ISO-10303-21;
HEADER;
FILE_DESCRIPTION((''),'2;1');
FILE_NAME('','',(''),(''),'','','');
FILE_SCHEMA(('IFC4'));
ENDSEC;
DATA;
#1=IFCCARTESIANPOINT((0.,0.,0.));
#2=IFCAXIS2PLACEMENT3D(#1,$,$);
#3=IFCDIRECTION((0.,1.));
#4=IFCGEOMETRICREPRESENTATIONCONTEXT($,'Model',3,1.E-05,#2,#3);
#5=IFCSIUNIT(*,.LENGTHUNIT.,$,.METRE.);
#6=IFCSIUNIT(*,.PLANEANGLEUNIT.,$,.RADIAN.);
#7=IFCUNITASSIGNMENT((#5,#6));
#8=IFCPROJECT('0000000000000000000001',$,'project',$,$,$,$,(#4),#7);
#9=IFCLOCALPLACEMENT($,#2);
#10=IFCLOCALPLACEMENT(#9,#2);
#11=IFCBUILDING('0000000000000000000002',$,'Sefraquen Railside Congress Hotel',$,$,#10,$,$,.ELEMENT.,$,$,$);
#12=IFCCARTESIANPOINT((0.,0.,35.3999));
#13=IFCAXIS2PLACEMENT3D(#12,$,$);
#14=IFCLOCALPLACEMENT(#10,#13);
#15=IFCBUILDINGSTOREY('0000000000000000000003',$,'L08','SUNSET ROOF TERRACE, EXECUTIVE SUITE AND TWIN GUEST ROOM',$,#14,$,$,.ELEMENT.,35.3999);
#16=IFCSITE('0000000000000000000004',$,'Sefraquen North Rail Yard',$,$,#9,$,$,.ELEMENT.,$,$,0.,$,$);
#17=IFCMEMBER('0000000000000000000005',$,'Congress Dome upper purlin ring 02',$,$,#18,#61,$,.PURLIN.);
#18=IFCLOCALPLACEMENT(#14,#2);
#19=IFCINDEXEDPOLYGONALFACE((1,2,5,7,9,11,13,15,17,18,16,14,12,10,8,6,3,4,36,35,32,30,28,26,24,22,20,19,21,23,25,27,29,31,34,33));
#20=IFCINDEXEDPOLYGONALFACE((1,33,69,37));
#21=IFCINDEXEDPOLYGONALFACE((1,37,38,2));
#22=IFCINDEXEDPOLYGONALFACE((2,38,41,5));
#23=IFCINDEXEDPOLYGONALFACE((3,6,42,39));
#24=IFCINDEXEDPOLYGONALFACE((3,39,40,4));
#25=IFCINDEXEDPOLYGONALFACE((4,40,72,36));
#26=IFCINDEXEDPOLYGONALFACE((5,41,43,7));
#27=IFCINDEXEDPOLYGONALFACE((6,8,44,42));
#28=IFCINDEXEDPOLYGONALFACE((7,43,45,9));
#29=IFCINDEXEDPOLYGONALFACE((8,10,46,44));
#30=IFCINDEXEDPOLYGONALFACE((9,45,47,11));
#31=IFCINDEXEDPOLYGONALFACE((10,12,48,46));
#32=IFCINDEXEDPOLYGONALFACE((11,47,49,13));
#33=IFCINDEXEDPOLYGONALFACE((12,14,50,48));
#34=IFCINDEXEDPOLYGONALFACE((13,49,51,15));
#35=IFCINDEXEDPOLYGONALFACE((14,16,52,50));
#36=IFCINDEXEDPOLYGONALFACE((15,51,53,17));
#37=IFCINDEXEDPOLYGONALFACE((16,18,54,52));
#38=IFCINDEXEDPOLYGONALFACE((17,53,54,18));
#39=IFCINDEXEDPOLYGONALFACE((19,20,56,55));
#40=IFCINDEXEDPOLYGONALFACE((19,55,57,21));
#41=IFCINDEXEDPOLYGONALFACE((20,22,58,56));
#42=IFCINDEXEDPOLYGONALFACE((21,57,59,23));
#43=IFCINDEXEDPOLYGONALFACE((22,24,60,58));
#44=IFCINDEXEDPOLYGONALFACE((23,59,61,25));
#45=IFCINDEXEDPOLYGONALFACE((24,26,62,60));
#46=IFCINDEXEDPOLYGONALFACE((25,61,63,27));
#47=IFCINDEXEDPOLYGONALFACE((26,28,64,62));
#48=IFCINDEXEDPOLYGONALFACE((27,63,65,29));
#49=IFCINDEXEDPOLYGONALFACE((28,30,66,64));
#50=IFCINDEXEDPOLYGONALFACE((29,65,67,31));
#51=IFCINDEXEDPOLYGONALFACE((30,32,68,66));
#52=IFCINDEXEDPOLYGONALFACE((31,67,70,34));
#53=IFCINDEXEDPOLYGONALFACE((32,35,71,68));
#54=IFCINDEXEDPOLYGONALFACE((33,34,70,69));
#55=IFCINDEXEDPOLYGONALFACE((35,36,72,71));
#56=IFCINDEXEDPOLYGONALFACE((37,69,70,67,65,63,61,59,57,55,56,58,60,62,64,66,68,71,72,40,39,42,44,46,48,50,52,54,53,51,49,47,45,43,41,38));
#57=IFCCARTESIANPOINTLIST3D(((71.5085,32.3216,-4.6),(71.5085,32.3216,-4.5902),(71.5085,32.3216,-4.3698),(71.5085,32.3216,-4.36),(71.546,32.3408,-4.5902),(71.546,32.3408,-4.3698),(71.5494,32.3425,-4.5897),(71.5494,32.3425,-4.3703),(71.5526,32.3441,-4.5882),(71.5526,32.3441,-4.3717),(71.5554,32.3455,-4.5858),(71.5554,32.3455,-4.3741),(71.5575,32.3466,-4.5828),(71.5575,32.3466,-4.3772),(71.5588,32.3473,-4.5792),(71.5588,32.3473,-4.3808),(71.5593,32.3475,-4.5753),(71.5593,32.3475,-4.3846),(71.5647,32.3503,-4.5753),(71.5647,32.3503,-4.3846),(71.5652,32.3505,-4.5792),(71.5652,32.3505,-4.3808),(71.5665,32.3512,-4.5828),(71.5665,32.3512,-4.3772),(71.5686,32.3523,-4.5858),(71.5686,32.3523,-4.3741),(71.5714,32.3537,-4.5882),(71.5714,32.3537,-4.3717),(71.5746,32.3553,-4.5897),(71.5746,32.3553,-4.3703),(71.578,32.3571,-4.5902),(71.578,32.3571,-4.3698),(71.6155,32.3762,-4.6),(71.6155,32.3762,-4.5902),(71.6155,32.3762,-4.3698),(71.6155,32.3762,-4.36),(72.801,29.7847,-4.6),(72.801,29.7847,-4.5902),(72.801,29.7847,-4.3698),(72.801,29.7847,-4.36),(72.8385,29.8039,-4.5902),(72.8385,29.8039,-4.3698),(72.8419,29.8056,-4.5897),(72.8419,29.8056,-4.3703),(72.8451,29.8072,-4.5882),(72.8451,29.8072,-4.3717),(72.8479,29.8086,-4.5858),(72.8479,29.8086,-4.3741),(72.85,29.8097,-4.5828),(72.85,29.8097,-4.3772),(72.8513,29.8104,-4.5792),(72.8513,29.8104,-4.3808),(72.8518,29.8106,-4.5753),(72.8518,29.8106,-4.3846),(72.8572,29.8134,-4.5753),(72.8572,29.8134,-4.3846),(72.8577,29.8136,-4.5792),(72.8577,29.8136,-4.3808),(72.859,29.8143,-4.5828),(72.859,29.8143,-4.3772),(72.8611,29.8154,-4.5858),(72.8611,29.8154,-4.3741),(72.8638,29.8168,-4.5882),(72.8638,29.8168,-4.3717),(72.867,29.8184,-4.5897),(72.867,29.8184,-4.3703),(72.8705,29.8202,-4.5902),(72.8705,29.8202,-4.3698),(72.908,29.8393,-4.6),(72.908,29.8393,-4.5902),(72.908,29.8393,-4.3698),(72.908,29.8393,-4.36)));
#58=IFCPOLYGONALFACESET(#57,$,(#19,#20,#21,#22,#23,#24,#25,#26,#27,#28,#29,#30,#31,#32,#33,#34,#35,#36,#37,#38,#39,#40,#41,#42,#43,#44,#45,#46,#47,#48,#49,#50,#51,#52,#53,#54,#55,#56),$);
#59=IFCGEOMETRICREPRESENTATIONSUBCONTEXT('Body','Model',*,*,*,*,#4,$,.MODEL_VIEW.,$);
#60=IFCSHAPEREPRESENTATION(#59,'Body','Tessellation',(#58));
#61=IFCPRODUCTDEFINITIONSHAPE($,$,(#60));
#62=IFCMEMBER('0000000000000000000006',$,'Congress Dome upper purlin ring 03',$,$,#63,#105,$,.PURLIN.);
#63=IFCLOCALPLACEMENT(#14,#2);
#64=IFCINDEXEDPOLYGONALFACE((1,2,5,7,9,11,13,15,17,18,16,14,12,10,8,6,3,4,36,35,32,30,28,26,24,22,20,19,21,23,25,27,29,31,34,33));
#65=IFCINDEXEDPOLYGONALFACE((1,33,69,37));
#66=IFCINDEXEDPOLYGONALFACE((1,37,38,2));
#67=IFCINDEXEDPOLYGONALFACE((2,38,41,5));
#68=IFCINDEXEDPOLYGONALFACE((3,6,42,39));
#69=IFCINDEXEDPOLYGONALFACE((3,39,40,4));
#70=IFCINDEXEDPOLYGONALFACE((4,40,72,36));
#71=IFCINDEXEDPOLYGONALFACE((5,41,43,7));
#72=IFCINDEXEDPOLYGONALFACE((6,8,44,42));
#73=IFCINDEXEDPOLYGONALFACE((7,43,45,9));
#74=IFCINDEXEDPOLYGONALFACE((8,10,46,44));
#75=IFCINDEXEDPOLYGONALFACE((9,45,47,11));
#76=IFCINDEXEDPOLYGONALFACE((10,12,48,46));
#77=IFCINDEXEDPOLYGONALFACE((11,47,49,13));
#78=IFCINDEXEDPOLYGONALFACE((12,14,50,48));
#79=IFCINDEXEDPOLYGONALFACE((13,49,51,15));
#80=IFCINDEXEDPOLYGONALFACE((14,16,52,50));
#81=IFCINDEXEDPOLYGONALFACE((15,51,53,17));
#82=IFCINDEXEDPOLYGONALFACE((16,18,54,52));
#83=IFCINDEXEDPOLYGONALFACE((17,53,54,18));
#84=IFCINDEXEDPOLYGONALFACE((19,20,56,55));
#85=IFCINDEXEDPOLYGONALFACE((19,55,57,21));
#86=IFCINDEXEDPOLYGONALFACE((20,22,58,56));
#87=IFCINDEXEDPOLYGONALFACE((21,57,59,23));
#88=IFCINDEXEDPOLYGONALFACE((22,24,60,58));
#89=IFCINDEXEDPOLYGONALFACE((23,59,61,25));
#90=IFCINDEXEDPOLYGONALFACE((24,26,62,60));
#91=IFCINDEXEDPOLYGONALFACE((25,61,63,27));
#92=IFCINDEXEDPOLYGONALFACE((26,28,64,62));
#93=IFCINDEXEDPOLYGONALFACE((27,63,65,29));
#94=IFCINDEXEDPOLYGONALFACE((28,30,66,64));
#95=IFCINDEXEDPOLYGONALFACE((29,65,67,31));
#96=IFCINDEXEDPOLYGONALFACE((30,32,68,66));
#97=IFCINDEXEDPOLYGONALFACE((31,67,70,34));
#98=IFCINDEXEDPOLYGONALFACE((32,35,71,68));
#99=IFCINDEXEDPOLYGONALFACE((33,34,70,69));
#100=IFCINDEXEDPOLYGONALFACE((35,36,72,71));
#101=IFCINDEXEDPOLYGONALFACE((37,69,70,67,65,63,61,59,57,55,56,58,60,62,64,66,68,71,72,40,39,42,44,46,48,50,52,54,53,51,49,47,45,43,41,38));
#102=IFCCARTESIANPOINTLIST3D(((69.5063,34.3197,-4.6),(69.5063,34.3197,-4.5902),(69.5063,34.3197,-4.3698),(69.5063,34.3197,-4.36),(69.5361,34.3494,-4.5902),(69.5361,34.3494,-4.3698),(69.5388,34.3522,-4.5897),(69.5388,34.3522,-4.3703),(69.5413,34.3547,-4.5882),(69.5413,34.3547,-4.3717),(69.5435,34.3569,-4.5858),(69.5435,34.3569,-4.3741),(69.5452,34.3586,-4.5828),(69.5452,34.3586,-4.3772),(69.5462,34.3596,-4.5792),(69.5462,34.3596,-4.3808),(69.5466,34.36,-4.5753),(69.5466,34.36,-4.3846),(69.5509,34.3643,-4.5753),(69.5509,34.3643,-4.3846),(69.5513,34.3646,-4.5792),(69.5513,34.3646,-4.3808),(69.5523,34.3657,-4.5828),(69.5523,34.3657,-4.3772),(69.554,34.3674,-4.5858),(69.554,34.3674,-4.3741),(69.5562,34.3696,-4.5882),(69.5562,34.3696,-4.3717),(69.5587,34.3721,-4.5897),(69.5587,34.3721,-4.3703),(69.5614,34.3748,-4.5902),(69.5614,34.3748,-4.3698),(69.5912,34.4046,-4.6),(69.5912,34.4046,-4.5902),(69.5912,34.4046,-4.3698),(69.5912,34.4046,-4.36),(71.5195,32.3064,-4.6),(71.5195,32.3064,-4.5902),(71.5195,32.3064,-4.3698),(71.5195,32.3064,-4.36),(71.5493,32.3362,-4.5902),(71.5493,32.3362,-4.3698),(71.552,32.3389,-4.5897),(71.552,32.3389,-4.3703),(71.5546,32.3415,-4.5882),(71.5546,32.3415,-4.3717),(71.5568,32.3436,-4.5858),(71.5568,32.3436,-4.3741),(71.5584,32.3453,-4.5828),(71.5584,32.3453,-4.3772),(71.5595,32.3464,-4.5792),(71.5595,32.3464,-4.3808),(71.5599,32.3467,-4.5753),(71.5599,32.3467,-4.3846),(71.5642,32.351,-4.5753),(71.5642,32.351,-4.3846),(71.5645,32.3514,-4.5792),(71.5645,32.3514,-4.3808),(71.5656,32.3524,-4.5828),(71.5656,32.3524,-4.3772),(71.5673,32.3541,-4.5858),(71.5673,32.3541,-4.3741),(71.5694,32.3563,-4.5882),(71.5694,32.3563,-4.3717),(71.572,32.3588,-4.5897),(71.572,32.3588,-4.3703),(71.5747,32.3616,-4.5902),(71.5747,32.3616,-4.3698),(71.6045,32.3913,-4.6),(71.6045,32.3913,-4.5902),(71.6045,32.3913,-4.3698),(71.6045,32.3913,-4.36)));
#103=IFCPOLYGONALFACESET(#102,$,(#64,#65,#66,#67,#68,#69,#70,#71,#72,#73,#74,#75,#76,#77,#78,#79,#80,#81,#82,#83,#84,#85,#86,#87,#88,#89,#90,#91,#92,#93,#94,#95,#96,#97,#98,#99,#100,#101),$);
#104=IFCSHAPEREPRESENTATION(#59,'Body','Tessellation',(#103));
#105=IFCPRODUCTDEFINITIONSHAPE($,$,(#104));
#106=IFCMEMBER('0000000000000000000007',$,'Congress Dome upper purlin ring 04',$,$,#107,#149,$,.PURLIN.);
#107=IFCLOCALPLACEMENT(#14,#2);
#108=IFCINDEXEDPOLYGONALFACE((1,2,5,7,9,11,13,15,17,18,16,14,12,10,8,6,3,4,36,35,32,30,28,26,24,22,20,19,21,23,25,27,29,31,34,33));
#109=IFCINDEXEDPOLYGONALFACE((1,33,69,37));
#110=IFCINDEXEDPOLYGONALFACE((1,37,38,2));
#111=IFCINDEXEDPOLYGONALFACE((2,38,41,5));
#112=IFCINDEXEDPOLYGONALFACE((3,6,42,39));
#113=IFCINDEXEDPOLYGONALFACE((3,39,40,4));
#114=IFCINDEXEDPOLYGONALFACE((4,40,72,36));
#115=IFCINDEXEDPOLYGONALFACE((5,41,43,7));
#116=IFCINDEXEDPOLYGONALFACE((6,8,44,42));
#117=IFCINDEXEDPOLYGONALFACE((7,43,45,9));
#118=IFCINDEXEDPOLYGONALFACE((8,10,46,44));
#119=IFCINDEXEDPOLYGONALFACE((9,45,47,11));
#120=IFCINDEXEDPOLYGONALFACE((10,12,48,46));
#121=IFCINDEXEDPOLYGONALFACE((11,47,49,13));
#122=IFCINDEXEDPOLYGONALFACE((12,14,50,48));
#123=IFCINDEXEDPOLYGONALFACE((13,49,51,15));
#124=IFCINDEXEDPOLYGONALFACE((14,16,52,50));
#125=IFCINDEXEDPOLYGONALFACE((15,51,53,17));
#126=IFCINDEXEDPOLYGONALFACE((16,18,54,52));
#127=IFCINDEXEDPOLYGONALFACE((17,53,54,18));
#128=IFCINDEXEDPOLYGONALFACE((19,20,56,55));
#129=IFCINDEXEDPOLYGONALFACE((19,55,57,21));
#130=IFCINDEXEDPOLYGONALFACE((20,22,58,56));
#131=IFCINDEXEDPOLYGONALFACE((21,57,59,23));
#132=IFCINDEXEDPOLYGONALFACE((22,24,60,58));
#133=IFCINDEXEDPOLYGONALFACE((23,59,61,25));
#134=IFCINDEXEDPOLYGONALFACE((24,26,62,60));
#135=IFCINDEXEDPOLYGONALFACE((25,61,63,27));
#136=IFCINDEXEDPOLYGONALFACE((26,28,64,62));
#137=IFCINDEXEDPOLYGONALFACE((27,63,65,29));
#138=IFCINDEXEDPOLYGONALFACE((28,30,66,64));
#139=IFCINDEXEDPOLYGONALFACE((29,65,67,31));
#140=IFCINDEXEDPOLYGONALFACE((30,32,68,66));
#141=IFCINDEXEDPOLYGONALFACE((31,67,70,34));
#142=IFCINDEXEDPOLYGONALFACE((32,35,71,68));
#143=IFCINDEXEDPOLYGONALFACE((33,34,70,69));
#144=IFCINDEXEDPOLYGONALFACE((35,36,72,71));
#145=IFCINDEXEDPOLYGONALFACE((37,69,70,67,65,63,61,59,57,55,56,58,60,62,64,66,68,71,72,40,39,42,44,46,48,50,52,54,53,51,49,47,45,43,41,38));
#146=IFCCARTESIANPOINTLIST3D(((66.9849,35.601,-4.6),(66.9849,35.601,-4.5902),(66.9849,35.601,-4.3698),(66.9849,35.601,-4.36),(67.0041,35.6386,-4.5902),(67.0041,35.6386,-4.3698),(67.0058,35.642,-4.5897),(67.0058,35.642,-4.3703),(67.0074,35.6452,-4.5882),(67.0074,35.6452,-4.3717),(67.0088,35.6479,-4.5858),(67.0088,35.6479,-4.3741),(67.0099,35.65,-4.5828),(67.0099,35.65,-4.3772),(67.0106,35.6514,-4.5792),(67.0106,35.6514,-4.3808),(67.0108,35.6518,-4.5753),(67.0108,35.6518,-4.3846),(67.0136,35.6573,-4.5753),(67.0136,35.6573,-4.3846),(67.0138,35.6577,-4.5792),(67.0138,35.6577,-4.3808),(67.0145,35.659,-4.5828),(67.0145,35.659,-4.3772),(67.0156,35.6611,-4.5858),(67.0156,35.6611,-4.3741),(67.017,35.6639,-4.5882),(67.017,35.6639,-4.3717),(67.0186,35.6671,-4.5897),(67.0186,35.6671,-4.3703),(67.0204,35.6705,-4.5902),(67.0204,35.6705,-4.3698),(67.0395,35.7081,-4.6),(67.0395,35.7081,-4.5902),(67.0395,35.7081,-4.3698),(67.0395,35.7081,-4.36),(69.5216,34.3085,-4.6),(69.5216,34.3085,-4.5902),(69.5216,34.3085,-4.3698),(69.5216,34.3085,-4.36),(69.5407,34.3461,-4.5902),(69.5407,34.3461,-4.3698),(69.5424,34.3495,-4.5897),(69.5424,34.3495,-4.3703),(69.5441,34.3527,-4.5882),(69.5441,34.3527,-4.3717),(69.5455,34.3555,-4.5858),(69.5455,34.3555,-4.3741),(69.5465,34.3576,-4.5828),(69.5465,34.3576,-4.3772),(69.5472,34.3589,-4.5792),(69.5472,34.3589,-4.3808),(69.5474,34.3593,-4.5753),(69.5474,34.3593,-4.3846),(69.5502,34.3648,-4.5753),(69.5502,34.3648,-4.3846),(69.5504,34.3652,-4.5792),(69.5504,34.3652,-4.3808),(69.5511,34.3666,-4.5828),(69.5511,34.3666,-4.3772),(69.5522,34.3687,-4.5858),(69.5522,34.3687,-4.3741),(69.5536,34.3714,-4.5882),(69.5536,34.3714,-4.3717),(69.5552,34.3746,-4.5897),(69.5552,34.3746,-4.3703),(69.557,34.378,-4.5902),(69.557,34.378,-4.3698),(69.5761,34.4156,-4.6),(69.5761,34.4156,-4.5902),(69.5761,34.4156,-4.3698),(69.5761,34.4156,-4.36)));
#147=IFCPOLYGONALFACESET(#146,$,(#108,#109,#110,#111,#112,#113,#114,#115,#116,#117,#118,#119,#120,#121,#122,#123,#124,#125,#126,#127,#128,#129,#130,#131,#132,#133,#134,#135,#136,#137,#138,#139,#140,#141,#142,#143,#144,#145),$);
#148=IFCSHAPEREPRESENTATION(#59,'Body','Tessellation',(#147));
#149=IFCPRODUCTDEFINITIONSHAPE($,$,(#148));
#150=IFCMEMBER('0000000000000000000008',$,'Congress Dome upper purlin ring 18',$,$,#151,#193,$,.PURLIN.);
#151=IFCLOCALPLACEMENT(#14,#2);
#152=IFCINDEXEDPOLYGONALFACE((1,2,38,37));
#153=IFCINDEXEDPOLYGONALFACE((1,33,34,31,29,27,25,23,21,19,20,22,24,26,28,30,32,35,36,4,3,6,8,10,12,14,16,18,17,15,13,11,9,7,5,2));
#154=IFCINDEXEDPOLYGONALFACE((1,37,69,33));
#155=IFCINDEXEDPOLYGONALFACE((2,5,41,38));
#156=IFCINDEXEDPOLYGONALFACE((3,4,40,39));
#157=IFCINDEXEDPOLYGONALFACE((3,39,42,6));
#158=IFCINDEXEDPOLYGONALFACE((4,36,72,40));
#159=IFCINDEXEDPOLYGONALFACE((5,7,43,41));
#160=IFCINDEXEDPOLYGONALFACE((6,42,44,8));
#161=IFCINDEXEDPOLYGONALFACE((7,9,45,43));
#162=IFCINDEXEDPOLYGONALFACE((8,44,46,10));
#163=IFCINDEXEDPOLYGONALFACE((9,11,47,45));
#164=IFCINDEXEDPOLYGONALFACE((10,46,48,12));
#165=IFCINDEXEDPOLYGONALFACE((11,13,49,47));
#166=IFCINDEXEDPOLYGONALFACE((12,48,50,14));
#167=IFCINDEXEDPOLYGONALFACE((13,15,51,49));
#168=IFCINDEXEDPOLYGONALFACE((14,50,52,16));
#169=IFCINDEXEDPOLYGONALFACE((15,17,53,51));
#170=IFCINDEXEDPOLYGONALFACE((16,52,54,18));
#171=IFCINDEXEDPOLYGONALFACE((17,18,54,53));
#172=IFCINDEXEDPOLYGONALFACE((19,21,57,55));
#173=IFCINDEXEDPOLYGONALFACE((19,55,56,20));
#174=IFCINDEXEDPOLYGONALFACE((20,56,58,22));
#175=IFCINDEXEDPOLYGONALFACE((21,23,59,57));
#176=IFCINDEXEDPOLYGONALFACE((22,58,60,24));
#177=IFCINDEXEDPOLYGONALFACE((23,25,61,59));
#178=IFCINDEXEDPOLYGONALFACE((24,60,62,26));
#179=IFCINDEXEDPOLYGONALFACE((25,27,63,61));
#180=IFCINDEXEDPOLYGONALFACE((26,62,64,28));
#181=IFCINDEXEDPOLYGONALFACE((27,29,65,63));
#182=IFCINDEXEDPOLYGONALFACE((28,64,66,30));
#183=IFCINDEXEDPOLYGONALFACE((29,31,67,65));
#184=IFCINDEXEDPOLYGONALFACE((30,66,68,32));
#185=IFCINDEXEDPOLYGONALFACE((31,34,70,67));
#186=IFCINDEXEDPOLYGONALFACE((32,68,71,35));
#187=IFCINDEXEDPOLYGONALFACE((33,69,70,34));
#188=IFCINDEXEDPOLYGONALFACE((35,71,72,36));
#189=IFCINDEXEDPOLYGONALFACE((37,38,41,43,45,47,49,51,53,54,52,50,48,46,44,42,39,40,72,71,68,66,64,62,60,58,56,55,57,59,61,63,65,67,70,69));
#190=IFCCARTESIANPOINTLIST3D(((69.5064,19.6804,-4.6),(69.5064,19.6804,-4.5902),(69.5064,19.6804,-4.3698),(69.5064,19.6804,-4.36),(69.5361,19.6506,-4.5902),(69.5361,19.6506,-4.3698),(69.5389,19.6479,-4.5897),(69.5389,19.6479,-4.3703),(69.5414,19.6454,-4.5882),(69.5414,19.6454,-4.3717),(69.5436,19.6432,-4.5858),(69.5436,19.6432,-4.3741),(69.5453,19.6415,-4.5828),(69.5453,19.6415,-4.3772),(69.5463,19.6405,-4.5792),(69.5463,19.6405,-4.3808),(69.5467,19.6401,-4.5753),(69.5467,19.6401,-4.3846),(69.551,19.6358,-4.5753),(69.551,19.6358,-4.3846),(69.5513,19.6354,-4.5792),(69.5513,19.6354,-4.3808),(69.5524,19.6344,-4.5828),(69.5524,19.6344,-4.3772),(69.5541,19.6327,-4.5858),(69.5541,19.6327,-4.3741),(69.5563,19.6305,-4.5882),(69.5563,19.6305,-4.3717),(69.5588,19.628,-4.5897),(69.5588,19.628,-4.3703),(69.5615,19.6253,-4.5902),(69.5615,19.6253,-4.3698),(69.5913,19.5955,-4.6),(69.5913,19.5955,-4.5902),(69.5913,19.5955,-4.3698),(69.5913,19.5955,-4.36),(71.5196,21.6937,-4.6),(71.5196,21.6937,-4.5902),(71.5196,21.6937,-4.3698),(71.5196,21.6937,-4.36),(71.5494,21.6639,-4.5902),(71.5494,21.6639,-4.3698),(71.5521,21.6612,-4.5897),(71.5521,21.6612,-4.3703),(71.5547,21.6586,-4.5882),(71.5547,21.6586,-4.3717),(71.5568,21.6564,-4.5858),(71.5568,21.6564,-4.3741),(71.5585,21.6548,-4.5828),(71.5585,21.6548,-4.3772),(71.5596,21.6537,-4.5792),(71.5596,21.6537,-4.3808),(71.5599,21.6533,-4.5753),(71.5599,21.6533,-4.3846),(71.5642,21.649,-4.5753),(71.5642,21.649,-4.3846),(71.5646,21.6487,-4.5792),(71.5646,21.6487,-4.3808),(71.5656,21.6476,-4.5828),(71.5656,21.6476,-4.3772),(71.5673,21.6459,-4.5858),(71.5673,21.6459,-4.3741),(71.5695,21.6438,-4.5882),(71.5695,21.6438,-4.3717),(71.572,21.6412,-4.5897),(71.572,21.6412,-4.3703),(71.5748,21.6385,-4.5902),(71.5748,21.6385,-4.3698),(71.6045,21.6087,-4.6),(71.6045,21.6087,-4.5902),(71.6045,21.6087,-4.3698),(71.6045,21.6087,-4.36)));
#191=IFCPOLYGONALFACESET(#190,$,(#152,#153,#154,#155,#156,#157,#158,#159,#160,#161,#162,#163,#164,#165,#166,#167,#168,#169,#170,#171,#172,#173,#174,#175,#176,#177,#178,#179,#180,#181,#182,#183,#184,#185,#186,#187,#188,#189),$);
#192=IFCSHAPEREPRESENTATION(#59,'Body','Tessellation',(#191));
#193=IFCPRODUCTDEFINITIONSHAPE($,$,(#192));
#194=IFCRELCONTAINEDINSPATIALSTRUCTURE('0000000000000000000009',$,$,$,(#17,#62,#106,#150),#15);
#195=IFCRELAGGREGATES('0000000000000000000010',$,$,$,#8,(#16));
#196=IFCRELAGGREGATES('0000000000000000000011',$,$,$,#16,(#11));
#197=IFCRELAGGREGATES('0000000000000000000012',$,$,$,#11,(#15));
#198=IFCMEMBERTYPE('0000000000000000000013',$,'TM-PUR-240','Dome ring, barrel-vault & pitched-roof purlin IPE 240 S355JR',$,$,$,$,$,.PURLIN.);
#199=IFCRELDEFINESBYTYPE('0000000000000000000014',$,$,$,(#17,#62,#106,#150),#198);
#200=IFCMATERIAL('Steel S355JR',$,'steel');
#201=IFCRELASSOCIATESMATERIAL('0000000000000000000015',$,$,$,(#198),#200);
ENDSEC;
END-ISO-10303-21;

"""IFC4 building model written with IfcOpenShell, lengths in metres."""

from ifc_helpers import new_model, si_unit, direction, frame, origin, origin_2d, place, context, subcontext, project, spatial, i_section, extrude, material, material_profile, profile_set, type_object, element, save


model = new_model("IFC4")

# Units and contexts
model_context = context("Model", 3, precision=1e-05, world=origin(), true_north=direction((0.0, 1.0)))
body_context = subcontext(model_context, "Body", "Model", "MODEL_VIEW")
ifc_project = project(units=[si_unit("LENGTHUNIT", "METRE"), si_unit("PLANEANGLEUNIT", "RADIAN")], contexts=[model_context])

# Site, building, storey
site_placement = place(None, origin())
site = spatial("IfcSite", under=ifc_project, at=site_placement, Name="Sefraquen North Rail Yard", CompositionType="ELEMENT", RefElevation=0.0)
building_placement = place(site_placement, origin())
building = spatial("IfcBuilding", under=site, at=building_placement, Name="Sefraquen Railside Congress Hotel", CompositionType="ELEMENT")
storey_placement = place(building_placement, frame((0.0, 0.0, 35.3999)))
storey = spatial("IfcBuildingStorey", under=building, at=storey_placement, Name="L08", Description="SUNSET ROOF TERRACE, EXECUTIVE SUITE AND TWIN GUEST ROOM", CompositionType="ELEMENT", Elevation=35.3999)

# Shared definitions
ifc_material_1 = material(Name="Steel S355JR", Category="steel")

# Members
ifc_material_profile_1 = material_profile(ifc_material_1, i_section(OverallWidth=0.1201, OverallDepth=0.24, WebThickness=0.0061, FlangeThickness=0.0098, FilletRadius=0.0149, at=origin_2d()), Name="IPE 240")
ifc_profile_set_1 = profile_set([ifc_material_profile_1], Name="Steel S355JR")
member_type = type_object("IfcMemberType", Name="TM-PUR-240", Description="Dome ring, barrel-vault & pitched-roof purlin IPE 240 S355JR", PredefinedType="PURLIN", material=ifc_profile_set_1)
for number, where, z_axis, x_axis, name in (
    (1, (72.8545, 29.812, -4.48), (-0.453958, 0.891023, 0.0), (-0.891023, -0.453958, 0.0), "Congress Dome upper purlin ring 02"),
    (2, (71.562, 32.3489, -4.48), (-0.707107, 0.707107, 0.0), (-0.707107, -0.707107, 0.0), "Congress Dome upper purlin ring 03"),
):
    element("IfcMember", number, at=place(storey_placement, frame(where, z_axis=z_axis, x_axis=x_axis)), inside=storey, type_object=member_type, Name=name, PredefinedType="PURLIN", context=body_context, shape_type="SweptSolid", body=[
        extrude(i_section(OverallWidth=0.1201, OverallDepth=0.24, WebThickness=0.0061, FlangeThickness=0.0098, FilletRadius=0.0149, at=origin_2d()), origin(), (0.0, 0.0, 1.0), 2.8472),
    ])
member_placement = place(storey_placement, frame((69.5488, 34.3621, -4.48), z_axis=(-0.891005, 0.453993, 0.0), x_axis=(-0.453993, -0.891005, 0.0)))
element("IfcMember", 3, at=member_placement, inside=storey, type_object=member_type, Name="Congress Dome upper purlin ring 04", PredefinedType="PURLIN", context=body_context, shape_type="SweptSolid", body=[
    extrude(i_section(OverallWidth=0.1201, OverallDepth=0.24, WebThickness=0.0061, FlangeThickness=0.0098, FilletRadius=0.0149, at=origin_2d()), origin(), (0.0, 0.0, 1.0), 2.8469),
])
for number, where, z_axis, x_axis, name in (
    (4, (69.5488, 19.6379, -4.48), (0.707107, 0.707107, 0.0), (-0.707107, 0.707107, 0.0), "Congress Dome upper purlin ring 18"),
):
    element("IfcMember", number, at=place(storey_placement, frame(where, z_axis=z_axis, x_axis=x_axis)), inside=storey, type_object=member_type, Name=name, PredefinedType="PURLIN", context=body_context, shape_type="SweptSolid", body=[
        extrude(i_section(OverallWidth=0.1201, OverallDepth=0.24, WebThickness=0.0061, FlangeThickness=0.0098, FilletRadius=0.0149, at=origin_2d()), origin(), (0.0, 0.0, 1.0), 2.8472),
    ])

save(model, "model.ifc")
